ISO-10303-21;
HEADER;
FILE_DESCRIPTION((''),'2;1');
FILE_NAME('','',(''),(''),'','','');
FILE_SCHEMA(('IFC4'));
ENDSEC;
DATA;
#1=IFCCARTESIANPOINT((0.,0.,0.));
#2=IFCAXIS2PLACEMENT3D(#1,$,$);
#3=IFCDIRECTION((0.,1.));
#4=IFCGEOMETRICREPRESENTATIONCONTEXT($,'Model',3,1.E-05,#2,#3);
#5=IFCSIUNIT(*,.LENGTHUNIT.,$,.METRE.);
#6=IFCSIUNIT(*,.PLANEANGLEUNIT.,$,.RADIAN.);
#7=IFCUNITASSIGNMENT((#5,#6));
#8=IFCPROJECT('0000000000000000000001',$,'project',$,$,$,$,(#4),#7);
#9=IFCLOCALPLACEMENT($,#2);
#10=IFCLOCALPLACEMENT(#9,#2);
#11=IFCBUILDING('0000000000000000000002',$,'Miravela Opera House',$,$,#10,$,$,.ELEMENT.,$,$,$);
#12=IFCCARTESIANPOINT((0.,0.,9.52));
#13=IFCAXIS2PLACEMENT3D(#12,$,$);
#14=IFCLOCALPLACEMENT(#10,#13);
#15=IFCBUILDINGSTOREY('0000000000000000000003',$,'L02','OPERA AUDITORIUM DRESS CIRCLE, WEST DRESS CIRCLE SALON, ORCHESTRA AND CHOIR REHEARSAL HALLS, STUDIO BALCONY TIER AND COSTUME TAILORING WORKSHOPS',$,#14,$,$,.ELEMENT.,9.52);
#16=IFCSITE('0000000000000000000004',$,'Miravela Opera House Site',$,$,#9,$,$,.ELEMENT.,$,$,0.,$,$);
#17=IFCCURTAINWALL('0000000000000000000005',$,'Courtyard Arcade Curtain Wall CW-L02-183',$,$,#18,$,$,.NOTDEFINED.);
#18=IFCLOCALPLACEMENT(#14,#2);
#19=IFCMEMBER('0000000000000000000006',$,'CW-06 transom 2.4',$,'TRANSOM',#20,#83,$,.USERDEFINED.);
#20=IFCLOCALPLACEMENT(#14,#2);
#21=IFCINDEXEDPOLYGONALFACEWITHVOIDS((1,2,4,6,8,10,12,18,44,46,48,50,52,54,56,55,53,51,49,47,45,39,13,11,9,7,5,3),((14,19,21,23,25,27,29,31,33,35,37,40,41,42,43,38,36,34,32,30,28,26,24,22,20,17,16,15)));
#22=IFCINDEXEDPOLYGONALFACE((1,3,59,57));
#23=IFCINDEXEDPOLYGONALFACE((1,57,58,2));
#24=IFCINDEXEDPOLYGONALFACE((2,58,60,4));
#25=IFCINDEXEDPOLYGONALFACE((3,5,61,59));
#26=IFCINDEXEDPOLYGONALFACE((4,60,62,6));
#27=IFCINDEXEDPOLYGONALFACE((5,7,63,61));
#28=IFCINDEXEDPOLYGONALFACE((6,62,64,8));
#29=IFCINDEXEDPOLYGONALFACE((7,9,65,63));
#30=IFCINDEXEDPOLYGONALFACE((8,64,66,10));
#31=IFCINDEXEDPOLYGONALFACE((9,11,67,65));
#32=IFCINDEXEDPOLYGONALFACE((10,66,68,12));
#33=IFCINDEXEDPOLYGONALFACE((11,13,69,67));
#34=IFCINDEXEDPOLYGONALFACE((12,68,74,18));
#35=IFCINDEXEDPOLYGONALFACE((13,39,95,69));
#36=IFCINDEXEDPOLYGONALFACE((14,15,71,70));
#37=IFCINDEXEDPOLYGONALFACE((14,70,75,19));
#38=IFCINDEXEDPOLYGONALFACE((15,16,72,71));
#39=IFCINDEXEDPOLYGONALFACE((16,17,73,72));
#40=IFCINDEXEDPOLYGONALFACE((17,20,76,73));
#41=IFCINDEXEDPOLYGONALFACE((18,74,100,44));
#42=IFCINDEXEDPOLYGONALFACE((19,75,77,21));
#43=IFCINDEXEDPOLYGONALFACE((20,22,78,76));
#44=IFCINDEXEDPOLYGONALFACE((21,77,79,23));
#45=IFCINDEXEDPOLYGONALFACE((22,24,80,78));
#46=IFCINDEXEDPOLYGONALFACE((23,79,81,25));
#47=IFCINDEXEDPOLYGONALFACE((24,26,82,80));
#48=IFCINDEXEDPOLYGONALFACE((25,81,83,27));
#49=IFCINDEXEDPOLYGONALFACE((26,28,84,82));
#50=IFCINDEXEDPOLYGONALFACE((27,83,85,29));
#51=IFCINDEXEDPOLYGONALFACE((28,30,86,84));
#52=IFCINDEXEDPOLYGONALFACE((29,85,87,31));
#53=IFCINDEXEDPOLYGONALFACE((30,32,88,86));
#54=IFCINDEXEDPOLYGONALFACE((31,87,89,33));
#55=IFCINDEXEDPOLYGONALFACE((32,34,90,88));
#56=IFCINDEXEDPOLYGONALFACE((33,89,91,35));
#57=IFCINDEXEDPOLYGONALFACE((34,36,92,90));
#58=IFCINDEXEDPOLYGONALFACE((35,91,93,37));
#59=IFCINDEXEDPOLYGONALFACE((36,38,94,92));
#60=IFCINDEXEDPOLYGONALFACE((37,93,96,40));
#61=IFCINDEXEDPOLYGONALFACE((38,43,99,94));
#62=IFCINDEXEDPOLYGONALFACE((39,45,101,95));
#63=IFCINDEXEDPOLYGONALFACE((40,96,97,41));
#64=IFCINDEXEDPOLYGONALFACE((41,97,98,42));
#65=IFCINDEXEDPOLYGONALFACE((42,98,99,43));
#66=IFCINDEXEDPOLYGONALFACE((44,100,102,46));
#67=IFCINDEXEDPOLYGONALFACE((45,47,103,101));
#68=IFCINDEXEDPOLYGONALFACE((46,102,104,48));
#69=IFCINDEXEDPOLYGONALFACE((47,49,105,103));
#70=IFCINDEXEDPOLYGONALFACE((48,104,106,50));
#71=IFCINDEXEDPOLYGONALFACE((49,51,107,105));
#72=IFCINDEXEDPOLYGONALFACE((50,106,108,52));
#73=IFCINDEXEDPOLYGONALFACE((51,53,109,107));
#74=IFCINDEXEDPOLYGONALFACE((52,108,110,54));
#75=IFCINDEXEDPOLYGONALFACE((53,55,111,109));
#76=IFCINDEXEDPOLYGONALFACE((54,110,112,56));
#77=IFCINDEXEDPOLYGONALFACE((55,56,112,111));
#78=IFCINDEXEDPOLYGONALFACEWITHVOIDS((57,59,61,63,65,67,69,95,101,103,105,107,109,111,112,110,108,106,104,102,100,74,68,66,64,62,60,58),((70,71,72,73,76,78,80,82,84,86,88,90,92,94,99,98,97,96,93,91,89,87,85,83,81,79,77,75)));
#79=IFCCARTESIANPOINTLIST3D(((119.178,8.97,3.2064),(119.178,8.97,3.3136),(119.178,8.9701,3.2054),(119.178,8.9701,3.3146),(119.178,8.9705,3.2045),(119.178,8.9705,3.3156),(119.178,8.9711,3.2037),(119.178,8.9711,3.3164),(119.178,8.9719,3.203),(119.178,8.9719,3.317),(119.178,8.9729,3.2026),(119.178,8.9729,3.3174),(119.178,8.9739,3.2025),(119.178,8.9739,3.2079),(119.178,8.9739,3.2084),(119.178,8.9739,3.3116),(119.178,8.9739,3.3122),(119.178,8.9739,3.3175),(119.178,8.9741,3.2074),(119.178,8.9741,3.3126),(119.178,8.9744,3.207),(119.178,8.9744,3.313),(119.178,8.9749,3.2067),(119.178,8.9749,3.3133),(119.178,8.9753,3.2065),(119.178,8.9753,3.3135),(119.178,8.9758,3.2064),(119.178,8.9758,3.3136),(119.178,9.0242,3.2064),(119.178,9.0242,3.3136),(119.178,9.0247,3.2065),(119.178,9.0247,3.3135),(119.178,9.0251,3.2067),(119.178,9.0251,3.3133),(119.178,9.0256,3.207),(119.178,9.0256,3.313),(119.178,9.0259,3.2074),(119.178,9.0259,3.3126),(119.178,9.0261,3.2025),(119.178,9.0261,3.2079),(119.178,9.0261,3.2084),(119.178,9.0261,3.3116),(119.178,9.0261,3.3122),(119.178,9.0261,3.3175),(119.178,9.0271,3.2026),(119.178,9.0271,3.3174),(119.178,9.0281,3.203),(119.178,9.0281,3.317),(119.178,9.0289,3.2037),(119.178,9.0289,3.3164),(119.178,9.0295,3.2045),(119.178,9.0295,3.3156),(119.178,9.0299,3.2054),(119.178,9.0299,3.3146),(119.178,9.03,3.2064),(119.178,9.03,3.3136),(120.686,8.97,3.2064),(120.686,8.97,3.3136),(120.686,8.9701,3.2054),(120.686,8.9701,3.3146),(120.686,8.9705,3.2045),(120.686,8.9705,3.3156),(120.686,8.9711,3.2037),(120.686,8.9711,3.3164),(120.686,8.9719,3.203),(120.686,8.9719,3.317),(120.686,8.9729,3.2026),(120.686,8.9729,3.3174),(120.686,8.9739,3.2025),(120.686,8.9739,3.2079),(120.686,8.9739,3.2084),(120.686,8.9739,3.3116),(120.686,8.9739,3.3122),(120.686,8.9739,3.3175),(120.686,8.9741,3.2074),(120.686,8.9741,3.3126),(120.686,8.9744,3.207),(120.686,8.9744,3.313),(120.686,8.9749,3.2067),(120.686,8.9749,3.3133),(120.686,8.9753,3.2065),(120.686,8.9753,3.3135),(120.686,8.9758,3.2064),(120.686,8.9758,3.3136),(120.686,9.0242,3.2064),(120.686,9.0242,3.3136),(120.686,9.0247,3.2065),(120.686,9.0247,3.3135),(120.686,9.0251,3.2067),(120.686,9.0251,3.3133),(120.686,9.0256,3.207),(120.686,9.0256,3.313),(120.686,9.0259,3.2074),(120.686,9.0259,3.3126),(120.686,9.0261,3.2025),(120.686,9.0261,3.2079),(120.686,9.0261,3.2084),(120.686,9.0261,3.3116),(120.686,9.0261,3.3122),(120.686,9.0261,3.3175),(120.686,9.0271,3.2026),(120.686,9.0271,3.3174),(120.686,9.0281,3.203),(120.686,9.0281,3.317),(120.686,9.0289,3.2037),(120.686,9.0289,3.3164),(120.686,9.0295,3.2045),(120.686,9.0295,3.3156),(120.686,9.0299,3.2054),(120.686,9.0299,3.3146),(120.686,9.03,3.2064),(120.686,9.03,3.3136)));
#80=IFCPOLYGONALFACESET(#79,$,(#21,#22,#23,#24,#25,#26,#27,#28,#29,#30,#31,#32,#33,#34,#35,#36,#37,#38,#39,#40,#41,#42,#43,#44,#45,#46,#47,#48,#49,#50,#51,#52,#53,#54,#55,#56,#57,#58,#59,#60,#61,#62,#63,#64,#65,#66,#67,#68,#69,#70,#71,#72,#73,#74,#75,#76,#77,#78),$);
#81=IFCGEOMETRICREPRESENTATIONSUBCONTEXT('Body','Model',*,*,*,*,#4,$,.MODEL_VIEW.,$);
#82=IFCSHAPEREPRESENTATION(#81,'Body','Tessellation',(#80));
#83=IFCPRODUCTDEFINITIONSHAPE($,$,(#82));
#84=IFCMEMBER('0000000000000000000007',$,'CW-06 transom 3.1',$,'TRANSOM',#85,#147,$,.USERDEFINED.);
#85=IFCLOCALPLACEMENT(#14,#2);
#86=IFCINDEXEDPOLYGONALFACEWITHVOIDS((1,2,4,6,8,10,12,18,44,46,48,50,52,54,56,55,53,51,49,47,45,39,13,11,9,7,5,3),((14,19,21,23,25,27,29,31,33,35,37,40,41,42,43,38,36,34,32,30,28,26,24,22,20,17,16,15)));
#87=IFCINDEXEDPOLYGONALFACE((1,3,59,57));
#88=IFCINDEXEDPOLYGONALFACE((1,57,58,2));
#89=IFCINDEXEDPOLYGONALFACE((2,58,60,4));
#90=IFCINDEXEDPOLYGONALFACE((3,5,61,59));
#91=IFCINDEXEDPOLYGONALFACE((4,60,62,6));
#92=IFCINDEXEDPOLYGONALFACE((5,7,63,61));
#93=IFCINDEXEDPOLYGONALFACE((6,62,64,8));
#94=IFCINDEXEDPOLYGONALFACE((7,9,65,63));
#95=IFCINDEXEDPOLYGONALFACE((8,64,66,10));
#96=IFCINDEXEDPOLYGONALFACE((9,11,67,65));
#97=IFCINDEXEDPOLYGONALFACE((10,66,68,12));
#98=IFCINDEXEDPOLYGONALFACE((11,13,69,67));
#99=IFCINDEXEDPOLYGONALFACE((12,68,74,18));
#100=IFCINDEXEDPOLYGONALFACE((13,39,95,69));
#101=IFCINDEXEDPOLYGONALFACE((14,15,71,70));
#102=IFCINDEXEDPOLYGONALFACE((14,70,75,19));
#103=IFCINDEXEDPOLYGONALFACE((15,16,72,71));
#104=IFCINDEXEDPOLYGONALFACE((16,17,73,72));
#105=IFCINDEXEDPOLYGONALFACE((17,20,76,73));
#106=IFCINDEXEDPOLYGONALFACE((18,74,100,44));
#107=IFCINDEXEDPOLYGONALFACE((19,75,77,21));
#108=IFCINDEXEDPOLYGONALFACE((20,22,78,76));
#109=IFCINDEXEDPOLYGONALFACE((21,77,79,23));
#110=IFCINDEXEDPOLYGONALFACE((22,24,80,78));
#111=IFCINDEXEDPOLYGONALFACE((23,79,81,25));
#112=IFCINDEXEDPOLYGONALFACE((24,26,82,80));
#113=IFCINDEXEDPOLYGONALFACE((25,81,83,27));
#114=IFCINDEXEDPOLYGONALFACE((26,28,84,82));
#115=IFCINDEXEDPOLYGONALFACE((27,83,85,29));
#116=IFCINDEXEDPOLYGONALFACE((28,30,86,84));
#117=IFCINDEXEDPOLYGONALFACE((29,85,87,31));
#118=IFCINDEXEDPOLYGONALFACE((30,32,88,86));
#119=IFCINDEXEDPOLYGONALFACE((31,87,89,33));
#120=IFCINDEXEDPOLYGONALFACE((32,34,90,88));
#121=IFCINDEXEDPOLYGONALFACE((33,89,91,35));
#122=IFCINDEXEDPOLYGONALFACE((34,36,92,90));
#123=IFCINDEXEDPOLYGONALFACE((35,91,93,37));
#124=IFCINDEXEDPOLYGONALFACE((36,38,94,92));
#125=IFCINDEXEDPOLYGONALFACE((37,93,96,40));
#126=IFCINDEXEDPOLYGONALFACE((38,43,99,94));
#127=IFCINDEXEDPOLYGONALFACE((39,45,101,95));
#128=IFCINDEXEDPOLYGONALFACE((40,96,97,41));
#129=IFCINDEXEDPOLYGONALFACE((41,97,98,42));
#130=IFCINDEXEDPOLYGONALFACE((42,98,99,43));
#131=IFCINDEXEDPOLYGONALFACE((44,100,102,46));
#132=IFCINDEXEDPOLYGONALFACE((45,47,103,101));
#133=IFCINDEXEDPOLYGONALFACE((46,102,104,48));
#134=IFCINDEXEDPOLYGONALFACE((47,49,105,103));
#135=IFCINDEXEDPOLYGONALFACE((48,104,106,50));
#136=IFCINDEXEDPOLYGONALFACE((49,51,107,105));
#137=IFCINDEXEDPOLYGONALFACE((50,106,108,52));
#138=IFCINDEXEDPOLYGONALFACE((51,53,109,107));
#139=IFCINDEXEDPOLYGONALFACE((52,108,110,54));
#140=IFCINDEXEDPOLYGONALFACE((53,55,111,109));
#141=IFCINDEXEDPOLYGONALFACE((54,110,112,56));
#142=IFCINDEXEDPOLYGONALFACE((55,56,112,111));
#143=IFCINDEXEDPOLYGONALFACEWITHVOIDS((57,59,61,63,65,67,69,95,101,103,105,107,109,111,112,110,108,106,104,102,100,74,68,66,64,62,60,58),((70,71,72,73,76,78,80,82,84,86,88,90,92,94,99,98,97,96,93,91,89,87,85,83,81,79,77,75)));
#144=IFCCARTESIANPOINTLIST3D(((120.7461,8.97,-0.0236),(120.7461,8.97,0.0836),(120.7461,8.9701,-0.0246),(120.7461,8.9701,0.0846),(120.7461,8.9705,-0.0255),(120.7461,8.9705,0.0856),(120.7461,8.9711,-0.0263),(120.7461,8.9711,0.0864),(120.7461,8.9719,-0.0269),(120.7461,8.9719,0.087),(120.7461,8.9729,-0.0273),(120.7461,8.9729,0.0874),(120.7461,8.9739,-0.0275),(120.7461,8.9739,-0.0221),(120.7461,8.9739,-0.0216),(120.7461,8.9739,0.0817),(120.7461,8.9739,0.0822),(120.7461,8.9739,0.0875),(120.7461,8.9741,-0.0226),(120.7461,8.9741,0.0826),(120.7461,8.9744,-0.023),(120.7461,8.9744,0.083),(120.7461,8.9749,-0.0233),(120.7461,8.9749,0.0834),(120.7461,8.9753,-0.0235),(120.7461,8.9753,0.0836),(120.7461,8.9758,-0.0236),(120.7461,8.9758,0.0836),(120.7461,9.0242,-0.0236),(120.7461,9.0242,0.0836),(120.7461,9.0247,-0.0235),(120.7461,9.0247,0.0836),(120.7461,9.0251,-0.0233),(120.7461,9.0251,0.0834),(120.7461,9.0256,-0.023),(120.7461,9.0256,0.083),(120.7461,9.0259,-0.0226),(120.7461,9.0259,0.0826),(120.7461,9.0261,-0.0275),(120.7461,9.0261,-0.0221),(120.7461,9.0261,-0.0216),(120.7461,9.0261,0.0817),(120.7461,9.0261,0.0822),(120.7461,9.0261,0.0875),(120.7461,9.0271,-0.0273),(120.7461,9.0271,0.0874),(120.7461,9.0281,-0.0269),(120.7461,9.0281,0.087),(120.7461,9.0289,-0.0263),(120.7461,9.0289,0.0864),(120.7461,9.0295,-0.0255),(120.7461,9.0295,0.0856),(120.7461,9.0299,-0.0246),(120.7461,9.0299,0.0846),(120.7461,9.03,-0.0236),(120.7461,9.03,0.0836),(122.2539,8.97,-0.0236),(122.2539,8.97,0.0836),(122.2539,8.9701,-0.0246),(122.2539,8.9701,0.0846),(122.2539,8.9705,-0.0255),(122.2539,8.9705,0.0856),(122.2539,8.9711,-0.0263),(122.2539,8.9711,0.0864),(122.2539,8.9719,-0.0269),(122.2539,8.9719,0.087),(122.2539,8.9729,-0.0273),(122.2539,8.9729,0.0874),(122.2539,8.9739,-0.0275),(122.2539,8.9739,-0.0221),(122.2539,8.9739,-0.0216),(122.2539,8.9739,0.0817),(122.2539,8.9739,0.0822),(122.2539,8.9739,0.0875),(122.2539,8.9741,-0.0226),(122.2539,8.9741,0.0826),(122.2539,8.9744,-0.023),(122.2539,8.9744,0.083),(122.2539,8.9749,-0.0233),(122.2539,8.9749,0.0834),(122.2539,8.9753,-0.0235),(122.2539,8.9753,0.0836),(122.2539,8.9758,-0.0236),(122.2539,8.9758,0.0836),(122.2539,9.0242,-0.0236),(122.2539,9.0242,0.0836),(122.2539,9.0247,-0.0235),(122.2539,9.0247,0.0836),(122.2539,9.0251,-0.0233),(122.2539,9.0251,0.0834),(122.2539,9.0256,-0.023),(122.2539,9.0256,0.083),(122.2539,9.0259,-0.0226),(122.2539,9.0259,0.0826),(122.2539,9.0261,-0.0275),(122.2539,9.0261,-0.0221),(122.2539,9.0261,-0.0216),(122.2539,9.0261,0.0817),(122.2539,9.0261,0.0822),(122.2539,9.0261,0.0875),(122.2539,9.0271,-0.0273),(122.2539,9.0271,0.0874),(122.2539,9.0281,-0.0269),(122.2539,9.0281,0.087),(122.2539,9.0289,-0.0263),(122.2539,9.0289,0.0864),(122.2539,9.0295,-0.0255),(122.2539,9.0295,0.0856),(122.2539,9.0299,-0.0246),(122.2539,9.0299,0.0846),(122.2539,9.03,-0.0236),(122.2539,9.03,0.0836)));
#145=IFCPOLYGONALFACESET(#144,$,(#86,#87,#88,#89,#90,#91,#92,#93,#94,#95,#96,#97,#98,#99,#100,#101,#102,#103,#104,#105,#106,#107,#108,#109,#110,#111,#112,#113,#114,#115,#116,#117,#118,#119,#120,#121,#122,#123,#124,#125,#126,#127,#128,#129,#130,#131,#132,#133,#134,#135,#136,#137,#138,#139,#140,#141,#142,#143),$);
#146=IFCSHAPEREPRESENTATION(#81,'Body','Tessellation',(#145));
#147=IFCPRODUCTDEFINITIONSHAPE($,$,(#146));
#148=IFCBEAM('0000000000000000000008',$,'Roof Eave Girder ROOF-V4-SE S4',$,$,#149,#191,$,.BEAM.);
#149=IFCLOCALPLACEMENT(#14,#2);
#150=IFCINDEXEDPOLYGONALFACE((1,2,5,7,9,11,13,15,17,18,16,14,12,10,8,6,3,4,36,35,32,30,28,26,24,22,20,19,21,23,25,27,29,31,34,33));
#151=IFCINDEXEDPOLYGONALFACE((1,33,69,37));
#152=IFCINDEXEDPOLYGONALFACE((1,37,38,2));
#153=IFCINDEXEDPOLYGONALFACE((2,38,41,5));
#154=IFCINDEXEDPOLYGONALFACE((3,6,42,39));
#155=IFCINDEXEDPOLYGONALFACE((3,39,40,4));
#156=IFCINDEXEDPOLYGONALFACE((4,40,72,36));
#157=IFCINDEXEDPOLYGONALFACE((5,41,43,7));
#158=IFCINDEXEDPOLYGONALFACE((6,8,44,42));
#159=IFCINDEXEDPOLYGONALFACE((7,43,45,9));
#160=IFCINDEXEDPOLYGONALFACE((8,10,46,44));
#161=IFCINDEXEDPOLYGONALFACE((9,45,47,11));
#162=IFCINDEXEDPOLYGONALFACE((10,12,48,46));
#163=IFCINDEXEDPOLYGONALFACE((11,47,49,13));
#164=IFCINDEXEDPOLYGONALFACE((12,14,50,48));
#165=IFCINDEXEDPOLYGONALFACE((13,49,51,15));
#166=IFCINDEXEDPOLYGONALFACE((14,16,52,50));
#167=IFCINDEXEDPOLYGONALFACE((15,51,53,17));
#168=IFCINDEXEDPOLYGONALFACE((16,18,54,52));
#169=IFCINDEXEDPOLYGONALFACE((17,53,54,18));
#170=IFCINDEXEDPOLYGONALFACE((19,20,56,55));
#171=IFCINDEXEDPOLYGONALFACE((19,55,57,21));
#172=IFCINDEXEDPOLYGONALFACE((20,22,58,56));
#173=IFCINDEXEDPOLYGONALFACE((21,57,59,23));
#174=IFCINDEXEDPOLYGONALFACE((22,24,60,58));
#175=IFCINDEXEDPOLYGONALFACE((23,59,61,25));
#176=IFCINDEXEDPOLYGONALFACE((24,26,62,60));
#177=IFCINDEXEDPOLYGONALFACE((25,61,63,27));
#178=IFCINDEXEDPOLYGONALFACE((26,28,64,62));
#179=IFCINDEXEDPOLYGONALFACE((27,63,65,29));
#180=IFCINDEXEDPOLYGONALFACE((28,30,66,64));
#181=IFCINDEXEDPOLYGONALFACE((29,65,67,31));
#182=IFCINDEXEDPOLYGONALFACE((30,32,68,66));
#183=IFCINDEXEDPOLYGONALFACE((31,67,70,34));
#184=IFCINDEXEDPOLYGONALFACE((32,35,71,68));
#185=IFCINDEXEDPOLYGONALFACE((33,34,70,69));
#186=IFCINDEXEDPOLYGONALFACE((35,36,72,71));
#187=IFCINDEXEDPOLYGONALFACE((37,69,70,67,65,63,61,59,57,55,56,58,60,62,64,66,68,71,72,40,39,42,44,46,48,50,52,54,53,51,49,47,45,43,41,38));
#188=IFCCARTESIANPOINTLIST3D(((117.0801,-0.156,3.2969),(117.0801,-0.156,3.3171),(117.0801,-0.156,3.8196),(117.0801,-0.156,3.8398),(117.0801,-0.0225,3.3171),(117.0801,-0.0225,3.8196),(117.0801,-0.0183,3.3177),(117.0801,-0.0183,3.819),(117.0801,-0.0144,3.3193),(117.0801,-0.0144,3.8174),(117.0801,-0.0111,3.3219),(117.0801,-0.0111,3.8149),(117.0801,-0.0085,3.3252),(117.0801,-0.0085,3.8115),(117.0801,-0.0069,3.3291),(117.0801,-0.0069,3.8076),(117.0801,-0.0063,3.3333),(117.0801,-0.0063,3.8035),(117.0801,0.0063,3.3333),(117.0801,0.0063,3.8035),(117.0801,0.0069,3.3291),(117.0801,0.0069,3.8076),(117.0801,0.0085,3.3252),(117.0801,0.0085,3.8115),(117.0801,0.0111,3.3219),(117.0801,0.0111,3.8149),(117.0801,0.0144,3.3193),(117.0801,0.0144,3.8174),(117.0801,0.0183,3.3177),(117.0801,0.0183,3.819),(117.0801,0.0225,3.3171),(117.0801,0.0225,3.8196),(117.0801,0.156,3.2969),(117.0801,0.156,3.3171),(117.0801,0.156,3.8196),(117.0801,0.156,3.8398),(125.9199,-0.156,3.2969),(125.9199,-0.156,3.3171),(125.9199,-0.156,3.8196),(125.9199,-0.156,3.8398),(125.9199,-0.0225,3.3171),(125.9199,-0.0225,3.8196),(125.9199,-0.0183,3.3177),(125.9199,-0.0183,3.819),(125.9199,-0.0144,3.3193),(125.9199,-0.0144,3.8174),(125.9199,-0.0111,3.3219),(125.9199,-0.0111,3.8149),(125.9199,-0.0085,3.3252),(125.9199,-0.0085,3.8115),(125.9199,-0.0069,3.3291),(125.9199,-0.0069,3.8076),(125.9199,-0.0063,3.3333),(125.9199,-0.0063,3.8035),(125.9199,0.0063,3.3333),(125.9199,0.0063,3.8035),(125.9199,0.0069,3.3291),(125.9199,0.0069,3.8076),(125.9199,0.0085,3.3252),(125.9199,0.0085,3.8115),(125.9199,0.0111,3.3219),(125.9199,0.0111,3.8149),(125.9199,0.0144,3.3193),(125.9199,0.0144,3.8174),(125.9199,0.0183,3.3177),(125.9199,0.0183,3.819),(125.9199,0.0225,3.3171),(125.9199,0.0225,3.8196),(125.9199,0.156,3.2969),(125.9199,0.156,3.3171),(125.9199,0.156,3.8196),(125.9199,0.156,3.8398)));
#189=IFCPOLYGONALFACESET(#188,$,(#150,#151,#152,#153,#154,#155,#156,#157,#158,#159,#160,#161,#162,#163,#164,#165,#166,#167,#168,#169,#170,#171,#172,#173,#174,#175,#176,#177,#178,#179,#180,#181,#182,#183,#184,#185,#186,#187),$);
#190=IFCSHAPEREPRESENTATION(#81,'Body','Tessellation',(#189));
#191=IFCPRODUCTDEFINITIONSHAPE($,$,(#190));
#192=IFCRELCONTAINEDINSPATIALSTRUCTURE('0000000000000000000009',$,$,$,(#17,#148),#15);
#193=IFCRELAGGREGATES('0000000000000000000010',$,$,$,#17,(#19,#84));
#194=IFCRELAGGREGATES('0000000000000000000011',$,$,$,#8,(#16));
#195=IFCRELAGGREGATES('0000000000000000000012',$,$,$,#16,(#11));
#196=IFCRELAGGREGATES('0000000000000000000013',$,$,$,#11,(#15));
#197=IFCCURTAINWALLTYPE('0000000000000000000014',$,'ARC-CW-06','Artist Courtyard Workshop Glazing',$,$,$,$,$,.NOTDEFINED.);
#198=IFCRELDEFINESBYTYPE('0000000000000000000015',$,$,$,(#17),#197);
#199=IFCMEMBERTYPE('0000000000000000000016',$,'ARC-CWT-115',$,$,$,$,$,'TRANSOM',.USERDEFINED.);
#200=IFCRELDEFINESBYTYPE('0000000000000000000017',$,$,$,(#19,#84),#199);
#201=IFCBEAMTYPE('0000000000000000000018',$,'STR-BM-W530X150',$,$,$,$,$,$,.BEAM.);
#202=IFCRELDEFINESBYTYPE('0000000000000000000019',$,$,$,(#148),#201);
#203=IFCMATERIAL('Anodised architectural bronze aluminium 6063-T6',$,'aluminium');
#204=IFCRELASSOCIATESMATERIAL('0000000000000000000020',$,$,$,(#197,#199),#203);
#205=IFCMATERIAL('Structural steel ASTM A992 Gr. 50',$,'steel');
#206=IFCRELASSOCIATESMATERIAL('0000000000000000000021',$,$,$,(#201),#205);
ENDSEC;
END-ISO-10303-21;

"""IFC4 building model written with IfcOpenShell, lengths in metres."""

from ifc_helpers import new_model, si_unit, direction, frame, origin, origin_2d, place, context, subcontext, project, spatial, hollow_rectangle, i_section, extrude, material, material_profile, profile_set, type_object, element, aggregate, save


model = new_model("IFC4")

# Units and contexts
model_context = context("Model", 3, precision=1e-05, world=origin(), true_north=direction((0.0, 1.0)))
body_context = subcontext(model_context, "Body", "Model", "MODEL_VIEW")
ifc_project = project(units=[si_unit("LENGTHUNIT", "METRE"), si_unit("PLANEANGLEUNIT", "RADIAN")], contexts=[model_context])

# Site, building, storey
site_placement = place(None, origin())
site = spatial("IfcSite", under=ifc_project, at=site_placement, Name="Miravela Opera House Site", CompositionType="ELEMENT", RefElevation=0.0)
building_placement = place(site_placement, origin())
building = spatial("IfcBuilding", under=site, at=building_placement, Name="Miravela Opera House", CompositionType="ELEMENT")
storey_placement = place(building_placement, frame((0.0, 0.0, 9.52)))
storey = spatial("IfcBuildingStorey", under=building, at=storey_placement, Name="L02", Description="OPERA AUDITORIUM DRESS CIRCLE, WEST DRESS CIRCLE SALON, ORCHESTRA AND CHOIR REHEARSAL HALLS, STUDIO BALCONY TIER AND COSTUME TAILORING WORKSHOPS", CompositionType="ELEMENT", Elevation=9.52)

# Curtain wall, members
ifc_material_1 = material(Name="Anodised architectural bronze aluminium 6063-T6", Category="aluminium")
curtain_wall_type = type_object("IfcCurtainWallType", Name="ARC-CW-06", Description="Artist Courtyard Workshop Glazing", PredefinedType="NOTDEFINED", material=ifc_material_1)
curtain_wall_placement = place(storey_placement, origin())
curtain_wall = element("IfcCurtainWall", 1, at=curtain_wall_placement, inside=storey, type_object=curtain_wall_type, Name="Courtyard Arcade Curtain Wall CW-L02-183", PredefinedType="NOTDEFINED")
ifc_material_profile_1 = material_profile(ifc_material_1, hollow_rectangle(XDim=0.0601, YDim=0.115, WallThickness=0.0039, InnerFilletRadius=0.002, OuterFilletRadius=0.0039, at=origin_2d()), Name="CWT-60X115")
ifc_profile_set_1 = profile_set([ifc_material_profile_1])
member_type_1 = type_object("IfcMemberType", Name="ARC-CWT-115", ElementType="TRANSOM", PredefinedType="USERDEFINED", material=ifc_profile_set_1)
member_1_placement = place(storey_placement, frame((119.178, 9.0, 3.26), z_axis=(1.0, 0.0, 0.0), x_axis=(0.0, 1.0, 0.0)))
member_1 = element("IfcMember", 2, at=member_1_placement, type_object=member_type_1, Name="CW-06 transom 2.4", ObjectType="TRANSOM", PredefinedType="USERDEFINED", context=body_context, shape_type="SweptSolid", body=[
    extrude(hollow_rectangle(XDim=0.0601, YDim=0.115, WallThickness=0.0039, InnerFilletRadius=0.002, OuterFilletRadius=0.0039, at=origin_2d()), origin(), (0.0, 0.0, 1.0), 1.5081),
])
member_2_placement = place(storey_placement, frame((120.7461, 9.0, 0.03), z_axis=(1.0, 0.0, 0.0), x_axis=(0.0, 1.0, 0.0)))
member_2 = element("IfcMember", 3, at=member_2_placement, type_object=member_type_1, Name="CW-06 transom 3.1", ObjectType="TRANSOM", PredefinedType="USERDEFINED", context=body_context, shape_type="SweptSolid", body=[
    extrude(hollow_rectangle(XDim=0.0601, YDim=0.115, WallThickness=0.0039, InnerFilletRadius=0.002, OuterFilletRadius=0.0039, at=origin_2d()), origin(), (0.0, 0.0, 1.0), 1.5078),
])

# Beam
ifc_material_2 = material(Name="Structural steel ASTM A992 Gr. 50", Category="steel")
ifc_material_profile_2 = material_profile(ifc_material_2, i_section(OverallWidth=0.312, OverallDepth=0.543, WebThickness=0.0127, FlangeThickness=0.0203, FilletRadius=0.0161, at=origin_2d()), Name="W530X150")
ifc_profile_set_2 = profile_set([ifc_material_profile_2])
beam_type = type_object("IfcBeamType", Name="STR-BM-W530X150", PredefinedType="BEAM", material=ifc_profile_set_2)
for number, where, z_axis, x_axis, name in (
    (4, (117.0801, 0.0, 3.5684), (1.0, 0.0, 0.0), (0.0, 1.0, 0.0), "Roof Eave Girder ROOF-V4-SE S4"),
):
    element("IfcBeam", number, at=place(storey_placement, frame(where, z_axis=z_axis, x_axis=x_axis)), inside=storey, type_object=beam_type, Name=name, PredefinedType="BEAM", context=body_context, shape_type="SweptSolid", body=[
        extrude(i_section(OverallWidth=0.312, OverallDepth=0.543, WebThickness=0.0127, FlangeThickness=0.0203, FilletRadius=0.0161, at=origin_2d()), origin(), (0.0, 0.0, 1.0), 8.8398),
    ])

aggregate(curtain_wall, [member_1, member_2])

save(model, "model.ifc")
